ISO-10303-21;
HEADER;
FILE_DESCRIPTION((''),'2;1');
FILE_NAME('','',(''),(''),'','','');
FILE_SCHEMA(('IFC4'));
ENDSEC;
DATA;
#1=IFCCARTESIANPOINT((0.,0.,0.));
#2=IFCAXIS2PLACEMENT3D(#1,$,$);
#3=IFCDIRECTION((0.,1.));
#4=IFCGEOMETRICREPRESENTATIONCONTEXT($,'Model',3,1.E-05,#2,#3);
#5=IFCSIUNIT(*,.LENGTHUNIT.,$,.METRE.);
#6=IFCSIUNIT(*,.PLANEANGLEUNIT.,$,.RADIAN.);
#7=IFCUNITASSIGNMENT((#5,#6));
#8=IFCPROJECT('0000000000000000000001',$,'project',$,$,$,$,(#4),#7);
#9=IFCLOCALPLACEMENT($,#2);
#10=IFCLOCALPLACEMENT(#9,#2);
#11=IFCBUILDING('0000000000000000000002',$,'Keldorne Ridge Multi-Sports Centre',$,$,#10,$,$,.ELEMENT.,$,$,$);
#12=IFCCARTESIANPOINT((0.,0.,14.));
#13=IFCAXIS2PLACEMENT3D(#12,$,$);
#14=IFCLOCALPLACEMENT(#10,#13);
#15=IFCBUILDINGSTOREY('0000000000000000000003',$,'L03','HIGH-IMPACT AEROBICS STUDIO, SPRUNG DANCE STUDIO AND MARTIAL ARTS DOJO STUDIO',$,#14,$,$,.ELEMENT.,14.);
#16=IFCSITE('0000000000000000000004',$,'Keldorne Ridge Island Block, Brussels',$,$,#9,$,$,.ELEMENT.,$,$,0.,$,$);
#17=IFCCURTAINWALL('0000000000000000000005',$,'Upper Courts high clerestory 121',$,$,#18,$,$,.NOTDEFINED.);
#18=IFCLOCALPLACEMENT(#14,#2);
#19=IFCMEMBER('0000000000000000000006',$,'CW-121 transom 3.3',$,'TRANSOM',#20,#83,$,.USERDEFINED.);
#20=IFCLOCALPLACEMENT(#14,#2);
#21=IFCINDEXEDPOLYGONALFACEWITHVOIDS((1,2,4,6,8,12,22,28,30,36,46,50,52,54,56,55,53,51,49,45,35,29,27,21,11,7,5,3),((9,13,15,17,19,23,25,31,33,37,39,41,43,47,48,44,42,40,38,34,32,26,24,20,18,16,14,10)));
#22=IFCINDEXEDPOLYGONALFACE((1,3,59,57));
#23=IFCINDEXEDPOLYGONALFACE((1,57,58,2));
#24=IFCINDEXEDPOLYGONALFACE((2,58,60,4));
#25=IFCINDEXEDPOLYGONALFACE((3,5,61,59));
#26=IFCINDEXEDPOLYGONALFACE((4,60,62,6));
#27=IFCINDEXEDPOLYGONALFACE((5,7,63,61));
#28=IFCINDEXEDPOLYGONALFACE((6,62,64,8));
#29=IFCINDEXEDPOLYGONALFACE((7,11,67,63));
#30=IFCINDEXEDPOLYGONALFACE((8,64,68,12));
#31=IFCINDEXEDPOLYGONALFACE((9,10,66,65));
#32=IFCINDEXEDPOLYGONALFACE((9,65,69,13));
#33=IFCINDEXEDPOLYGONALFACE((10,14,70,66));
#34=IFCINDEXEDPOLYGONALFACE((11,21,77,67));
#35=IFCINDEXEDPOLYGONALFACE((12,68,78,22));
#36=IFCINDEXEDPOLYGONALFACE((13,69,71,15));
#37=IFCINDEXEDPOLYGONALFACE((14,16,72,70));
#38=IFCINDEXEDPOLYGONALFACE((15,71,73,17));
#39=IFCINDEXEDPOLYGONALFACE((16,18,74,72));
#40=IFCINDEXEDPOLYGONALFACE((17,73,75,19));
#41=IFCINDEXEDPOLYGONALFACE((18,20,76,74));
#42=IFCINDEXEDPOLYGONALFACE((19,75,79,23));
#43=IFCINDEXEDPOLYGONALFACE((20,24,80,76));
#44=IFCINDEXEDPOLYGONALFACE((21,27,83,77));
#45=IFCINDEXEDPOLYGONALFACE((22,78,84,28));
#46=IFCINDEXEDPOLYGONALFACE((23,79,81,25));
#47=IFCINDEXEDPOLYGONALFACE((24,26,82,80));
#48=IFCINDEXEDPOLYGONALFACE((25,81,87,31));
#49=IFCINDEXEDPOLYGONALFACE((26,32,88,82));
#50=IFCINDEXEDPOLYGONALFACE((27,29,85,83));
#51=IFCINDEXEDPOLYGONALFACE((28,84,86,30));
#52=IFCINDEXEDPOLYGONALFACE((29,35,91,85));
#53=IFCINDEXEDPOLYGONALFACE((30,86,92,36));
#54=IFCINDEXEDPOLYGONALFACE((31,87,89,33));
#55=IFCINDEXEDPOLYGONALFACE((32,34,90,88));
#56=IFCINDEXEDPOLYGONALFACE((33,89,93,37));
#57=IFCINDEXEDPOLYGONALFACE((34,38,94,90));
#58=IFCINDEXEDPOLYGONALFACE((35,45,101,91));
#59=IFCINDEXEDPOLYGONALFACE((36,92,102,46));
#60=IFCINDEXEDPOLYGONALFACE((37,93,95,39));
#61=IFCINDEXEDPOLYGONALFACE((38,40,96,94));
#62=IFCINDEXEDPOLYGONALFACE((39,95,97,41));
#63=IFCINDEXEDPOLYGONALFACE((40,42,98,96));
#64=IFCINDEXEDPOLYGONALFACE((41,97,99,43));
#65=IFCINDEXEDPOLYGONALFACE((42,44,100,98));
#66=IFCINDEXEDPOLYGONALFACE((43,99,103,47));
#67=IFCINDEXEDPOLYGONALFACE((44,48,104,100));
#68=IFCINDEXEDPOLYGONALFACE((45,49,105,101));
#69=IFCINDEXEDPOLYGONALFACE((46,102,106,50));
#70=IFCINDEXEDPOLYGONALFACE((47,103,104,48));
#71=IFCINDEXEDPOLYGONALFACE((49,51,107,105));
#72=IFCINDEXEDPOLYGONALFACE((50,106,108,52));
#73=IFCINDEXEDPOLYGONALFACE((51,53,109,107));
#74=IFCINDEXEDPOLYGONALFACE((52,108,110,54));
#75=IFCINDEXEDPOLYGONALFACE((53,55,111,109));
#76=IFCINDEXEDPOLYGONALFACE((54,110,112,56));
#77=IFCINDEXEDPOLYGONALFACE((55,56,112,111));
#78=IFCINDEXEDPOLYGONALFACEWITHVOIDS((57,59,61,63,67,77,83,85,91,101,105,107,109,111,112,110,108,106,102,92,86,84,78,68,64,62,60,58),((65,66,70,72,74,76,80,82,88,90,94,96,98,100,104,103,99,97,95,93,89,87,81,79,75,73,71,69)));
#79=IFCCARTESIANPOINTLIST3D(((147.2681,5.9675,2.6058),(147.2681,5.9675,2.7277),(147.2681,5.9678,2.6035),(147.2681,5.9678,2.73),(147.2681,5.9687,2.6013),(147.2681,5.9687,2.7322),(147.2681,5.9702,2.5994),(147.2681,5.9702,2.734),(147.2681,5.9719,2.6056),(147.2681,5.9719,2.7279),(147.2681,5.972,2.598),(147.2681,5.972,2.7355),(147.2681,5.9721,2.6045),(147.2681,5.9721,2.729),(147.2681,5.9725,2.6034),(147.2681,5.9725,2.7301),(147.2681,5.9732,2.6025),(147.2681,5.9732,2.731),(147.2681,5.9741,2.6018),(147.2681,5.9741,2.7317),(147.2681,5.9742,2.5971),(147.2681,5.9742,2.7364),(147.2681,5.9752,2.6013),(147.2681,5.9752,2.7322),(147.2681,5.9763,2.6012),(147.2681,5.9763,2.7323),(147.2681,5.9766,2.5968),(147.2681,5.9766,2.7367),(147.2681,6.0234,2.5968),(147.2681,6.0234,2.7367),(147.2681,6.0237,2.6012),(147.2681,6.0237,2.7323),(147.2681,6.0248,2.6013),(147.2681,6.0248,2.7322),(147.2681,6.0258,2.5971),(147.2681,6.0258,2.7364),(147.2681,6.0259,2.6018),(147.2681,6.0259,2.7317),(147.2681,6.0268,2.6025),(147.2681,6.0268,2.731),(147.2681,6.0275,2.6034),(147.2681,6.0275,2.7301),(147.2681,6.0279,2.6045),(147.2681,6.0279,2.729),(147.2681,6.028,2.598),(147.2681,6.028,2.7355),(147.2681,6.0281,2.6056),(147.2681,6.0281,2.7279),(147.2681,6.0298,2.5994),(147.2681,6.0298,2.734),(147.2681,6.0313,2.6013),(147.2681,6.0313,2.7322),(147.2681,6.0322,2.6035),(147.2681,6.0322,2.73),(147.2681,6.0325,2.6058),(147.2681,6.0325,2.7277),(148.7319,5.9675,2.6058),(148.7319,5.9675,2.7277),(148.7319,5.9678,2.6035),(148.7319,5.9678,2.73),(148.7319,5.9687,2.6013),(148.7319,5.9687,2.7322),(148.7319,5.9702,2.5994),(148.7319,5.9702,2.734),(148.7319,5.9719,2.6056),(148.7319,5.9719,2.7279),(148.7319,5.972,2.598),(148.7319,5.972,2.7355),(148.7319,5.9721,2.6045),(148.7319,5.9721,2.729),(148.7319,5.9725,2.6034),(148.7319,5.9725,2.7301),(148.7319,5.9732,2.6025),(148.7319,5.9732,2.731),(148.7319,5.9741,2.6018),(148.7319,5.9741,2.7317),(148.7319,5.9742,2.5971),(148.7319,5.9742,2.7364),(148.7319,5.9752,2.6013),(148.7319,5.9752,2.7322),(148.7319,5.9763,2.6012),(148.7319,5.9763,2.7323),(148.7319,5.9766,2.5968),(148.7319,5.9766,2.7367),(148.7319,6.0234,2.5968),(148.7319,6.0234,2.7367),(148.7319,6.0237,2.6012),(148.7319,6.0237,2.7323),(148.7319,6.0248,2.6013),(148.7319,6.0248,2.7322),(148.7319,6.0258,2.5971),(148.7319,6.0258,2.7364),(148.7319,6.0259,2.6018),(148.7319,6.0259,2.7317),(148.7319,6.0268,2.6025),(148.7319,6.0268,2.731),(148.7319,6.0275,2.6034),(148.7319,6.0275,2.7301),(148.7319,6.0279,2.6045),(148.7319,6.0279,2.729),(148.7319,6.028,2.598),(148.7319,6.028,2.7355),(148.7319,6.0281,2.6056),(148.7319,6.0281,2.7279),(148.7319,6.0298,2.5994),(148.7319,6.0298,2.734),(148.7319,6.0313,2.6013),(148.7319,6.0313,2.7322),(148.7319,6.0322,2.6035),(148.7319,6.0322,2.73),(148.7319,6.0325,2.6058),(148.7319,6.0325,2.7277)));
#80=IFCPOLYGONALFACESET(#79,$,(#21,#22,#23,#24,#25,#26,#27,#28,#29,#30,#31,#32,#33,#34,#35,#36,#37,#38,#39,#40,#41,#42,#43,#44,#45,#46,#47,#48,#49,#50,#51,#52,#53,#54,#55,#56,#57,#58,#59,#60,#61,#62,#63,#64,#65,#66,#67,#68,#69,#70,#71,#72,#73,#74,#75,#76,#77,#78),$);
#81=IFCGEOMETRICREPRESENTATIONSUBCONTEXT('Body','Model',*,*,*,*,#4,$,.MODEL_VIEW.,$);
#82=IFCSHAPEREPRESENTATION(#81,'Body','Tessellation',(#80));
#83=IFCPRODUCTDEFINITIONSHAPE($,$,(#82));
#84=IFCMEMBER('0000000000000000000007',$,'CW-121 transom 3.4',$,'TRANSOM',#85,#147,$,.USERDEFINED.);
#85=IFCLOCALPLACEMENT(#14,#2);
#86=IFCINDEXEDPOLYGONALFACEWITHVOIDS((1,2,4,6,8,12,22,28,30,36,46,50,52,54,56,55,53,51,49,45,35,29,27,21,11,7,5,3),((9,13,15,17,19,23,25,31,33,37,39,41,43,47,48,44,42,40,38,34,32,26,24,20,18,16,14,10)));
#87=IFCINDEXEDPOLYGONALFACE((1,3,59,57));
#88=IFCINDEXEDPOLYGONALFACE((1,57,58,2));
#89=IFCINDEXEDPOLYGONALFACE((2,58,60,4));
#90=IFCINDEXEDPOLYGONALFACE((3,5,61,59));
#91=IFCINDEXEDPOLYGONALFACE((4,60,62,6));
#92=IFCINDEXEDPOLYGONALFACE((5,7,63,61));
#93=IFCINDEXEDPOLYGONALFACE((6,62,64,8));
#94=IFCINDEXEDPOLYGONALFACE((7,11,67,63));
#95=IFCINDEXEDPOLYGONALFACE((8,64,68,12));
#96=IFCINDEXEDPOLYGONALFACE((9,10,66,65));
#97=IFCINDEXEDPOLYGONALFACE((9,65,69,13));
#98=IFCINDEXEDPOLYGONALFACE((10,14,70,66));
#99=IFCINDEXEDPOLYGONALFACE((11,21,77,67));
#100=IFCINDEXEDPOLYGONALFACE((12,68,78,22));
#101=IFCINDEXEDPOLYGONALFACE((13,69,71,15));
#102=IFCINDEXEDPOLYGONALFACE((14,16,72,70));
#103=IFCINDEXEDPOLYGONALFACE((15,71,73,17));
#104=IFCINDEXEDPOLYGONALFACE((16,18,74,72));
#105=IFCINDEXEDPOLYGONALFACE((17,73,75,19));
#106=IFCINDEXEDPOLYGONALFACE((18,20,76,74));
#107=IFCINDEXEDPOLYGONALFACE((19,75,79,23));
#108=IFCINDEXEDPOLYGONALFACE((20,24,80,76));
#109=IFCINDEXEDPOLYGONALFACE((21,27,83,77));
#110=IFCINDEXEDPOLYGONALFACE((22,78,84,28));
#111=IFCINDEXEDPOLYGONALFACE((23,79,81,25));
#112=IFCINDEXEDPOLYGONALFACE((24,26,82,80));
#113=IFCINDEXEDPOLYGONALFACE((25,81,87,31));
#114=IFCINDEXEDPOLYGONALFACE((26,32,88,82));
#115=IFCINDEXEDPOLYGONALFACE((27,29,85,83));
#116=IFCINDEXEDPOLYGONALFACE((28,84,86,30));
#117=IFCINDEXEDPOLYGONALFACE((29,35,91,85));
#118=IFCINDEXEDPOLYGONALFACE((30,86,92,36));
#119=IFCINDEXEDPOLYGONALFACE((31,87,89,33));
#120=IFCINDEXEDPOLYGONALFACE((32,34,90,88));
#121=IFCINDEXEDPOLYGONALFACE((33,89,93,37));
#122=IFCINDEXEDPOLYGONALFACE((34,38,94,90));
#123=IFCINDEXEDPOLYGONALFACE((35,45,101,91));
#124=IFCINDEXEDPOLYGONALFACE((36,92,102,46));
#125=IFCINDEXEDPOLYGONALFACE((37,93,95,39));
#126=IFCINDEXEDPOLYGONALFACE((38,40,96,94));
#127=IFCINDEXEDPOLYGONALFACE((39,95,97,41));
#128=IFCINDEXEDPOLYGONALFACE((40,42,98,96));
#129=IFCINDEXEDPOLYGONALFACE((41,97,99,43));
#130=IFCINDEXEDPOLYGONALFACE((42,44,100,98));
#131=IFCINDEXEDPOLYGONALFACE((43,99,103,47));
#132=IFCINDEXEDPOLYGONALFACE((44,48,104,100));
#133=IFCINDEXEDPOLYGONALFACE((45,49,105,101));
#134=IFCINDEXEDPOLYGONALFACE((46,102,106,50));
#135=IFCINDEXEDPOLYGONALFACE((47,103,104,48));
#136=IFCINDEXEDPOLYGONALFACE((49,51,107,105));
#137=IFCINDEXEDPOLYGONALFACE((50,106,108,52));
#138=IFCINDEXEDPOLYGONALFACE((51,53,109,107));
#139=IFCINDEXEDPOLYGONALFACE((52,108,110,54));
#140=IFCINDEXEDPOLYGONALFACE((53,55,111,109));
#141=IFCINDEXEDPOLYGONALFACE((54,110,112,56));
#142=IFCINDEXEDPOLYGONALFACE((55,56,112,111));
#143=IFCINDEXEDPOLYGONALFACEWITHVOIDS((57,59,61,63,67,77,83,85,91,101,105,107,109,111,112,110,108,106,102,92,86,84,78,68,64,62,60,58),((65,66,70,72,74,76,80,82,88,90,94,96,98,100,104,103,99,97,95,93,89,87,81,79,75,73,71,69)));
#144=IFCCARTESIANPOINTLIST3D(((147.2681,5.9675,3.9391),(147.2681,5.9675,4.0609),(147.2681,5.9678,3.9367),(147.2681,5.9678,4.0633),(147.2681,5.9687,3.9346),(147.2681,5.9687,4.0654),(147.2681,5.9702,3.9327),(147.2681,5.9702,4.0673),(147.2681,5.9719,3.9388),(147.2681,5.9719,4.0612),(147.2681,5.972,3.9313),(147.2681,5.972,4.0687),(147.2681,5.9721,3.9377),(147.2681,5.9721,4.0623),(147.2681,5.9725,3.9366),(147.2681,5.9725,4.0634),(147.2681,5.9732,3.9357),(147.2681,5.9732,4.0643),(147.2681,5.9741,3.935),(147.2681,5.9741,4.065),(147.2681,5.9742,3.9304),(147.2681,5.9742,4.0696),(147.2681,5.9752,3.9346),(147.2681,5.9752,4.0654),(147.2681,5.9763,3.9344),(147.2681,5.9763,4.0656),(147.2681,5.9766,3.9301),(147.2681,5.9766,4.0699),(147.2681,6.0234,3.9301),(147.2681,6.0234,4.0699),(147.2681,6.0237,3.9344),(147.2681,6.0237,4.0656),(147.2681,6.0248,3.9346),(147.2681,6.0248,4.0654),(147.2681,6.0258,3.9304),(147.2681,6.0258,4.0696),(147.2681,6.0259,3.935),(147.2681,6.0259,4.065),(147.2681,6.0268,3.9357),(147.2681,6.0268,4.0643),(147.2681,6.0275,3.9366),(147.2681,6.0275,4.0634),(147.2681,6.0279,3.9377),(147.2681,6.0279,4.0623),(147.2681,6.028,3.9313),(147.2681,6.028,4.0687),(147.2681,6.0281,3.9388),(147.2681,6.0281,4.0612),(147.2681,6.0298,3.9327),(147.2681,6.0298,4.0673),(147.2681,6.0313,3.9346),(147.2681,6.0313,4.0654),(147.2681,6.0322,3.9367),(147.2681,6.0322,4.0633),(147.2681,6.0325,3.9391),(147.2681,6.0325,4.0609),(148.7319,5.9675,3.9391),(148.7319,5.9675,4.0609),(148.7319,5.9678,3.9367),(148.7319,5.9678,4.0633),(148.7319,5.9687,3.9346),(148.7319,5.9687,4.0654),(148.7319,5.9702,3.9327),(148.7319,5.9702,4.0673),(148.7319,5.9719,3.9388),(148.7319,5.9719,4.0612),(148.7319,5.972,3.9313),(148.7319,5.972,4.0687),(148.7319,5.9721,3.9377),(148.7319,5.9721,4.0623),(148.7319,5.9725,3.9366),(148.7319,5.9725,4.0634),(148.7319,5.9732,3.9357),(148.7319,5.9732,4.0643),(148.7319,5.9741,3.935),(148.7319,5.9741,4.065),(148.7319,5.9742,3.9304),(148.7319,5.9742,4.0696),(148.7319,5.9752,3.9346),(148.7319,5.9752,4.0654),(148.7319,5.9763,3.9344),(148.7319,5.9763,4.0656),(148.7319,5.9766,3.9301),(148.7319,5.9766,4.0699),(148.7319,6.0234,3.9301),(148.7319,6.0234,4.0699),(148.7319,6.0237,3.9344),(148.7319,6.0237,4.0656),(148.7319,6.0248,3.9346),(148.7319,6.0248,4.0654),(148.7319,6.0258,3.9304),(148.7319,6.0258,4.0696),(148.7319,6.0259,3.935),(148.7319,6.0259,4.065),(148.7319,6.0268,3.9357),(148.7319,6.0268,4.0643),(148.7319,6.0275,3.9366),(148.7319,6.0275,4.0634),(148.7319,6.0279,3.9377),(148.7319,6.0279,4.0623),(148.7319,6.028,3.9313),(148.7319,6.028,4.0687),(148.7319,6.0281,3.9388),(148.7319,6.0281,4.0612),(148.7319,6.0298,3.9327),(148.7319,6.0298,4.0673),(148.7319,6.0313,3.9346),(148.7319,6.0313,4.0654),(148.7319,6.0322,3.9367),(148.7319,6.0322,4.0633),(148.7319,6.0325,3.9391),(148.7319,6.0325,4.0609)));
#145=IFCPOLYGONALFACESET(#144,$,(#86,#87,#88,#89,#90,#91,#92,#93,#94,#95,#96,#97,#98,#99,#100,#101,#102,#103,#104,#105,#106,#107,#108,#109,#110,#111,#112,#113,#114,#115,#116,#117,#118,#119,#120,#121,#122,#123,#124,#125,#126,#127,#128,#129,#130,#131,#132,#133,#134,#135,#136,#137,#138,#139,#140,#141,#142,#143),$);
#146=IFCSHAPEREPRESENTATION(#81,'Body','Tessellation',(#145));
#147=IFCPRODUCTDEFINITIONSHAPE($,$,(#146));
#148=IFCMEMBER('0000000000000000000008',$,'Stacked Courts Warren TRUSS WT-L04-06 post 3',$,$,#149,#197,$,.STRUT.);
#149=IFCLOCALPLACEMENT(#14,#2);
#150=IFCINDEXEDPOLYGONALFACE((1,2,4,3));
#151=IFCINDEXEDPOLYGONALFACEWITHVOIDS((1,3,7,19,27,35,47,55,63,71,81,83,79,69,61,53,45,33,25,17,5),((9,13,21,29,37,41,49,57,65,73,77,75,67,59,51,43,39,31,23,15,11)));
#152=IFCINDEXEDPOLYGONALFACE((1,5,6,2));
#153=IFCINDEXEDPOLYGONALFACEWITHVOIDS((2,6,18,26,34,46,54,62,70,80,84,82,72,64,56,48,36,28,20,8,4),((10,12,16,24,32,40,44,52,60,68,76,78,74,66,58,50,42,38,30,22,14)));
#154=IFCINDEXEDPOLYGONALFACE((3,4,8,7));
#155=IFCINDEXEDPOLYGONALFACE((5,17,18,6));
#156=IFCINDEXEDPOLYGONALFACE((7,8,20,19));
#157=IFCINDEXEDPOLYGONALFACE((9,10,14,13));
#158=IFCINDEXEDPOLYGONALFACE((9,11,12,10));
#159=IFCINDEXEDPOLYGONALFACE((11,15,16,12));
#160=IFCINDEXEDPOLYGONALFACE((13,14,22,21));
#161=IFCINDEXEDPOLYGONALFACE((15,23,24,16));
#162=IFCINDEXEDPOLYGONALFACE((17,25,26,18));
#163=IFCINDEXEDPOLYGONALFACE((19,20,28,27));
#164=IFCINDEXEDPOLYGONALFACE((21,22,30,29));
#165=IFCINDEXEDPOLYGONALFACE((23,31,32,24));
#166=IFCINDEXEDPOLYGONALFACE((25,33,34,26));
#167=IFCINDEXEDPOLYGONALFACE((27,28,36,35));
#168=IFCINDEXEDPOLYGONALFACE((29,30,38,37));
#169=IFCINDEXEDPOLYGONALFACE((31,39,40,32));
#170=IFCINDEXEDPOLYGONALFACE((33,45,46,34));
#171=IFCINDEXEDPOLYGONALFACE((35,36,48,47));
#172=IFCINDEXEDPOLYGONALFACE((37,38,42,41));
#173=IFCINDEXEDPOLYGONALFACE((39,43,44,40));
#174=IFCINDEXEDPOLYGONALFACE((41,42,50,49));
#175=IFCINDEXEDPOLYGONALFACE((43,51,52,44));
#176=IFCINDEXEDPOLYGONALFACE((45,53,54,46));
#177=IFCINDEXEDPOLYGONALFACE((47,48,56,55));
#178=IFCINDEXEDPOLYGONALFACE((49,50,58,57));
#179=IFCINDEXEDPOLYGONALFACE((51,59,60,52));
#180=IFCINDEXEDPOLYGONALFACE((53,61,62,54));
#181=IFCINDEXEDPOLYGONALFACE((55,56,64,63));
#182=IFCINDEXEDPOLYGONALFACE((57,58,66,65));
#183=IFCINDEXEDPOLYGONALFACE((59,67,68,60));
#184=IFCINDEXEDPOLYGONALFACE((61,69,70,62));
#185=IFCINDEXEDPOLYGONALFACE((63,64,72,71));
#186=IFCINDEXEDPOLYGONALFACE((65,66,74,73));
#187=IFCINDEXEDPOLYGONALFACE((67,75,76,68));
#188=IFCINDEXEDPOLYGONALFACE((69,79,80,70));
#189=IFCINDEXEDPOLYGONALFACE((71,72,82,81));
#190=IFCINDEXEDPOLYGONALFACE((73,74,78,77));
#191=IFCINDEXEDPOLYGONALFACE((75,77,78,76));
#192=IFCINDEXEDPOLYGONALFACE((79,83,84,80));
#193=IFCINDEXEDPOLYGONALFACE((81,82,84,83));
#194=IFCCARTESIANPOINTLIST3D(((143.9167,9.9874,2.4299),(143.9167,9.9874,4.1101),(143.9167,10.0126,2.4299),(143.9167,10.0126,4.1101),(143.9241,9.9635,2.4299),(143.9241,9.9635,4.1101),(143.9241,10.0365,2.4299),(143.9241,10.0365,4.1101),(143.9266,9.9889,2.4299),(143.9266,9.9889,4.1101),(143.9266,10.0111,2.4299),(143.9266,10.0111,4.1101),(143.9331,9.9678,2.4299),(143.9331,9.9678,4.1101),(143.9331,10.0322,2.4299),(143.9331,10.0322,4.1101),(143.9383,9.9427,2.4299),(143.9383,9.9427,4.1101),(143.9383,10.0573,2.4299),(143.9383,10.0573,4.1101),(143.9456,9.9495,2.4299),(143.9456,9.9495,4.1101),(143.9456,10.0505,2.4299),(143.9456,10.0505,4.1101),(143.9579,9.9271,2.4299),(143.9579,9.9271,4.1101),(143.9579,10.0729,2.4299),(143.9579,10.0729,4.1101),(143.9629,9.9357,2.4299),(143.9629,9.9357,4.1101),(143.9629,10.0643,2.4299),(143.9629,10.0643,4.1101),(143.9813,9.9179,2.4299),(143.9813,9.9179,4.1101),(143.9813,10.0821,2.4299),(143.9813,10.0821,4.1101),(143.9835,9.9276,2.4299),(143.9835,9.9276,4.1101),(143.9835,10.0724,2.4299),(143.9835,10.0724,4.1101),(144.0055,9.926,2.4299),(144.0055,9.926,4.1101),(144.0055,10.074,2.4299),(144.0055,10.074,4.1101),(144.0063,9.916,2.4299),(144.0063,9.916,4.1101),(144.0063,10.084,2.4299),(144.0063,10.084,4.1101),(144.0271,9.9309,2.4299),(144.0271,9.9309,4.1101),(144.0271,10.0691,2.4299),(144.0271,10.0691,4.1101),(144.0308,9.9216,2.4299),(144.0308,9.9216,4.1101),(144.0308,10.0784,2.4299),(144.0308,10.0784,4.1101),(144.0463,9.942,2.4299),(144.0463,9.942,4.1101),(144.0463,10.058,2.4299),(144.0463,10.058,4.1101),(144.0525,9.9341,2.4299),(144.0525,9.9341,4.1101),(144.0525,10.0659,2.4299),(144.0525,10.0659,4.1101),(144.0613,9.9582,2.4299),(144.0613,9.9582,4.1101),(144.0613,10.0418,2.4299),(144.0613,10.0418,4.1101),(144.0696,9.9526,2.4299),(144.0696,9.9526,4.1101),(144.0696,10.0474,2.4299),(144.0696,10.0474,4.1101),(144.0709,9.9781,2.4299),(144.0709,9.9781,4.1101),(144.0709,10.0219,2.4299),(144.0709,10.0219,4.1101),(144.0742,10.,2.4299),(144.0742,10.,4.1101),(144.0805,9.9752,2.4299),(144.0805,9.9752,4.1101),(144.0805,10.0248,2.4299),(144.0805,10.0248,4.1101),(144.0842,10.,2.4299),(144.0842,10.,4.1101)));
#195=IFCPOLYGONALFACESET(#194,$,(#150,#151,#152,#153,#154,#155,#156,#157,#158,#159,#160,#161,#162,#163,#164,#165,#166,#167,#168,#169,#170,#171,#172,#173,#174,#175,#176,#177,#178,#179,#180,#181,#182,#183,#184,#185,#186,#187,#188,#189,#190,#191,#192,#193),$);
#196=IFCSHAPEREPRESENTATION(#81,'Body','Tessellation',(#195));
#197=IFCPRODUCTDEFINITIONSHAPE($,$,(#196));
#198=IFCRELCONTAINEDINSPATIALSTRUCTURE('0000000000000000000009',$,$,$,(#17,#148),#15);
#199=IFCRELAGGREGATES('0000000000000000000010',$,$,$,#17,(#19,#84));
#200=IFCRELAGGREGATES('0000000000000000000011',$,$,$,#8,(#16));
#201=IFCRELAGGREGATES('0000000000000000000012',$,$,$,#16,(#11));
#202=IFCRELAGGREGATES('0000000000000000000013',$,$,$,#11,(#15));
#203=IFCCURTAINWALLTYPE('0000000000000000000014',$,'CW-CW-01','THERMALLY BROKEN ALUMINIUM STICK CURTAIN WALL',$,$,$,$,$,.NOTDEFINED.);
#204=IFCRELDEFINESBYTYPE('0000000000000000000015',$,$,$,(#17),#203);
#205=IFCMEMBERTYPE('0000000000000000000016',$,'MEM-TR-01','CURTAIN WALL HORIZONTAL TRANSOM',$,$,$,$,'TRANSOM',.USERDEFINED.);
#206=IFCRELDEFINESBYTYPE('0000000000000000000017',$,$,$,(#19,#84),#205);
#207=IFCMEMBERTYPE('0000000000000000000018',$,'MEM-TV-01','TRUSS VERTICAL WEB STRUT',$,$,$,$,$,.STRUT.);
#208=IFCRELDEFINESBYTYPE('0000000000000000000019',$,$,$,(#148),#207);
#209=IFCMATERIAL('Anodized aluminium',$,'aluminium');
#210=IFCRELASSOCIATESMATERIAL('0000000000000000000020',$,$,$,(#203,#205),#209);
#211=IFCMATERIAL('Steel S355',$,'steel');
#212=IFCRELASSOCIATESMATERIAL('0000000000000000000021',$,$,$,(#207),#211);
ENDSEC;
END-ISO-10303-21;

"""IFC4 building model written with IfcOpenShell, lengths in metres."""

from ifc_helpers import new_model, si_unit, direction, frame, origin, origin_2d, place, context, subcontext, project, spatial, hollow_rectangle, hollow_circle, extrude, material, material_profile, profile_set, type_object, element, aggregate, save


model = new_model("IFC4")

# Units and contexts
model_context = context("Model", 3, precision=1e-05, world=origin(), true_north=direction((0.0, 1.0)))
body_context = subcontext(model_context, "Body", "Model", "MODEL_VIEW")
ifc_project = project(units=[si_unit("LENGTHUNIT", "METRE"), si_unit("PLANEANGLEUNIT", "RADIAN")], contexts=[model_context])

# Site, building, storey
site_placement = place(None, origin())
site = spatial("IfcSite", under=ifc_project, at=site_placement, Name="Keldorne Ridge Island Block, Brussels", CompositionType="ELEMENT", RefElevation=0.0)
building_placement = place(site_placement, origin())
building = spatial("IfcBuilding", under=site, at=building_placement, Name="Keldorne Ridge Multi-Sports Centre", CompositionType="ELEMENT")
storey_placement = place(building_placement, frame((0.0, 0.0, 14.0)))
storey = spatial("IfcBuildingStorey", under=building, at=storey_placement, Name="L03", Description="HIGH-IMPACT AEROBICS STUDIO, SPRUNG DANCE STUDIO AND MARTIAL ARTS DOJO STUDIO", CompositionType="ELEMENT", Elevation=14.0)

# Curtain wall
ifc_material_1 = material(Name="Anodized aluminium", Category="aluminium")
curtain_wall_type = type_object("IfcCurtainWallType", Name="CW-CW-01", Description="THERMALLY BROKEN ALUMINIUM STICK CURTAIN WALL", PredefinedType="NOTDEFINED", material=ifc_material_1)
curtain_wall_placement = place(storey_placement, origin())
curtain_wall = element("IfcCurtainWall", 1, at=curtain_wall_placement, inside=storey, type_object=curtain_wall_type, Name="Upper Courts high clerestory 121", PredefinedType="NOTDEFINED")

# Shared definitions
ifc_material_2 = material(Name="Steel S355", Category="steel")

# Members
ifc_material_profile_1 = material_profile(ifc_material_1, hollow_rectangle(XDim=0.0649, YDim=0.1399, WallThickness=0.0044, InnerFilletRadius=0.0044, OuterFilletRadius=0.009, at=origin_2d()), Name="ALU TRANSOM 140x65x4.5")
ifc_profile_set_1 = profile_set([ifc_material_profile_1], Name="Anodized aluminium")
member_type_1 = type_object("IfcMemberType", Name="MEM-TR-01", Description="CURTAIN WALL HORIZONTAL TRANSOM", ElementType="TRANSOM", PredefinedType="USERDEFINED", material=ifc_profile_set_1)
member_1_placement = place(storey_placement, frame((147.2681, 6.0, 2.6667), z_axis=(1.0, 0.0, 0.0), x_axis=(0.0, 1.0, 0.0)))
member_1 = element("IfcMember", 2, at=member_1_placement, type_object=member_type_1, Name="CW-121 transom 3.3", ObjectType="TRANSOM", PredefinedType="USERDEFINED", context=body_context, shape_type="SweptSolid", body=[
    extrude(hollow_rectangle(XDim=0.0649, YDim=0.1399, WallThickness=0.0044, InnerFilletRadius=0.0044, OuterFilletRadius=0.009, at=origin_2d()), origin(), (0.0, 0.0, 1.0), 1.4639),
])
member_2_placement = place(storey_placement, frame((147.2681, 6.0, 4.0), z_axis=(1.0, 0.0, 0.0), x_axis=(0.0, 1.0, 0.0)))
member_2 = element("IfcMember", 3, at=member_2_placement, type_object=member_type_1, Name="CW-121 transom 3.4", ObjectType="TRANSOM", PredefinedType="USERDEFINED", context=body_context, shape_type="SweptSolid", body=[
    extrude(hollow_rectangle(XDim=0.0649, YDim=0.1399, WallThickness=0.0044, InnerFilletRadius=0.0044, OuterFilletRadius=0.009, at=origin_2d()), origin(), (0.0, 0.0, 1.0), 1.4639),
])
ifc_material_profile_2 = material_profile(ifc_material_2, hollow_circle(Radius=0.0842, WallThickness=0.01, at=origin_2d()), Name="CHS 168.3x10")
ifc_profile_set_2 = profile_set([ifc_material_profile_2], Name="Steel S355")
member_type_2 = type_object("IfcMemberType", Name="MEM-TV-01", Description="TRUSS VERTICAL WEB STRUT", PredefinedType="STRUT", material=ifc_profile_set_2)
member_3_placement = place(storey_placement, frame((144.0, 10.0, 2.4299), z_axis=(0.0, 0.0, 1.0), x_axis=(1.0, 0.0, 0.0)))
element("IfcMember", 4, at=member_3_placement, inside=storey, type_object=member_type_2, Name="Stacked Courts Warren TRUSS WT-L04-06 post 3", PredefinedType="STRUT", context=body_context, shape_type="SweptSolid", body=[
    extrude(hollow_circle(Radius=0.0842, WallThickness=0.01, at=origin_2d()), origin(), (0.0, 0.0, 1.0), 1.6802),
])

aggregate(curtain_wall, [member_1, member_2])

save(model, "model.ifc")
